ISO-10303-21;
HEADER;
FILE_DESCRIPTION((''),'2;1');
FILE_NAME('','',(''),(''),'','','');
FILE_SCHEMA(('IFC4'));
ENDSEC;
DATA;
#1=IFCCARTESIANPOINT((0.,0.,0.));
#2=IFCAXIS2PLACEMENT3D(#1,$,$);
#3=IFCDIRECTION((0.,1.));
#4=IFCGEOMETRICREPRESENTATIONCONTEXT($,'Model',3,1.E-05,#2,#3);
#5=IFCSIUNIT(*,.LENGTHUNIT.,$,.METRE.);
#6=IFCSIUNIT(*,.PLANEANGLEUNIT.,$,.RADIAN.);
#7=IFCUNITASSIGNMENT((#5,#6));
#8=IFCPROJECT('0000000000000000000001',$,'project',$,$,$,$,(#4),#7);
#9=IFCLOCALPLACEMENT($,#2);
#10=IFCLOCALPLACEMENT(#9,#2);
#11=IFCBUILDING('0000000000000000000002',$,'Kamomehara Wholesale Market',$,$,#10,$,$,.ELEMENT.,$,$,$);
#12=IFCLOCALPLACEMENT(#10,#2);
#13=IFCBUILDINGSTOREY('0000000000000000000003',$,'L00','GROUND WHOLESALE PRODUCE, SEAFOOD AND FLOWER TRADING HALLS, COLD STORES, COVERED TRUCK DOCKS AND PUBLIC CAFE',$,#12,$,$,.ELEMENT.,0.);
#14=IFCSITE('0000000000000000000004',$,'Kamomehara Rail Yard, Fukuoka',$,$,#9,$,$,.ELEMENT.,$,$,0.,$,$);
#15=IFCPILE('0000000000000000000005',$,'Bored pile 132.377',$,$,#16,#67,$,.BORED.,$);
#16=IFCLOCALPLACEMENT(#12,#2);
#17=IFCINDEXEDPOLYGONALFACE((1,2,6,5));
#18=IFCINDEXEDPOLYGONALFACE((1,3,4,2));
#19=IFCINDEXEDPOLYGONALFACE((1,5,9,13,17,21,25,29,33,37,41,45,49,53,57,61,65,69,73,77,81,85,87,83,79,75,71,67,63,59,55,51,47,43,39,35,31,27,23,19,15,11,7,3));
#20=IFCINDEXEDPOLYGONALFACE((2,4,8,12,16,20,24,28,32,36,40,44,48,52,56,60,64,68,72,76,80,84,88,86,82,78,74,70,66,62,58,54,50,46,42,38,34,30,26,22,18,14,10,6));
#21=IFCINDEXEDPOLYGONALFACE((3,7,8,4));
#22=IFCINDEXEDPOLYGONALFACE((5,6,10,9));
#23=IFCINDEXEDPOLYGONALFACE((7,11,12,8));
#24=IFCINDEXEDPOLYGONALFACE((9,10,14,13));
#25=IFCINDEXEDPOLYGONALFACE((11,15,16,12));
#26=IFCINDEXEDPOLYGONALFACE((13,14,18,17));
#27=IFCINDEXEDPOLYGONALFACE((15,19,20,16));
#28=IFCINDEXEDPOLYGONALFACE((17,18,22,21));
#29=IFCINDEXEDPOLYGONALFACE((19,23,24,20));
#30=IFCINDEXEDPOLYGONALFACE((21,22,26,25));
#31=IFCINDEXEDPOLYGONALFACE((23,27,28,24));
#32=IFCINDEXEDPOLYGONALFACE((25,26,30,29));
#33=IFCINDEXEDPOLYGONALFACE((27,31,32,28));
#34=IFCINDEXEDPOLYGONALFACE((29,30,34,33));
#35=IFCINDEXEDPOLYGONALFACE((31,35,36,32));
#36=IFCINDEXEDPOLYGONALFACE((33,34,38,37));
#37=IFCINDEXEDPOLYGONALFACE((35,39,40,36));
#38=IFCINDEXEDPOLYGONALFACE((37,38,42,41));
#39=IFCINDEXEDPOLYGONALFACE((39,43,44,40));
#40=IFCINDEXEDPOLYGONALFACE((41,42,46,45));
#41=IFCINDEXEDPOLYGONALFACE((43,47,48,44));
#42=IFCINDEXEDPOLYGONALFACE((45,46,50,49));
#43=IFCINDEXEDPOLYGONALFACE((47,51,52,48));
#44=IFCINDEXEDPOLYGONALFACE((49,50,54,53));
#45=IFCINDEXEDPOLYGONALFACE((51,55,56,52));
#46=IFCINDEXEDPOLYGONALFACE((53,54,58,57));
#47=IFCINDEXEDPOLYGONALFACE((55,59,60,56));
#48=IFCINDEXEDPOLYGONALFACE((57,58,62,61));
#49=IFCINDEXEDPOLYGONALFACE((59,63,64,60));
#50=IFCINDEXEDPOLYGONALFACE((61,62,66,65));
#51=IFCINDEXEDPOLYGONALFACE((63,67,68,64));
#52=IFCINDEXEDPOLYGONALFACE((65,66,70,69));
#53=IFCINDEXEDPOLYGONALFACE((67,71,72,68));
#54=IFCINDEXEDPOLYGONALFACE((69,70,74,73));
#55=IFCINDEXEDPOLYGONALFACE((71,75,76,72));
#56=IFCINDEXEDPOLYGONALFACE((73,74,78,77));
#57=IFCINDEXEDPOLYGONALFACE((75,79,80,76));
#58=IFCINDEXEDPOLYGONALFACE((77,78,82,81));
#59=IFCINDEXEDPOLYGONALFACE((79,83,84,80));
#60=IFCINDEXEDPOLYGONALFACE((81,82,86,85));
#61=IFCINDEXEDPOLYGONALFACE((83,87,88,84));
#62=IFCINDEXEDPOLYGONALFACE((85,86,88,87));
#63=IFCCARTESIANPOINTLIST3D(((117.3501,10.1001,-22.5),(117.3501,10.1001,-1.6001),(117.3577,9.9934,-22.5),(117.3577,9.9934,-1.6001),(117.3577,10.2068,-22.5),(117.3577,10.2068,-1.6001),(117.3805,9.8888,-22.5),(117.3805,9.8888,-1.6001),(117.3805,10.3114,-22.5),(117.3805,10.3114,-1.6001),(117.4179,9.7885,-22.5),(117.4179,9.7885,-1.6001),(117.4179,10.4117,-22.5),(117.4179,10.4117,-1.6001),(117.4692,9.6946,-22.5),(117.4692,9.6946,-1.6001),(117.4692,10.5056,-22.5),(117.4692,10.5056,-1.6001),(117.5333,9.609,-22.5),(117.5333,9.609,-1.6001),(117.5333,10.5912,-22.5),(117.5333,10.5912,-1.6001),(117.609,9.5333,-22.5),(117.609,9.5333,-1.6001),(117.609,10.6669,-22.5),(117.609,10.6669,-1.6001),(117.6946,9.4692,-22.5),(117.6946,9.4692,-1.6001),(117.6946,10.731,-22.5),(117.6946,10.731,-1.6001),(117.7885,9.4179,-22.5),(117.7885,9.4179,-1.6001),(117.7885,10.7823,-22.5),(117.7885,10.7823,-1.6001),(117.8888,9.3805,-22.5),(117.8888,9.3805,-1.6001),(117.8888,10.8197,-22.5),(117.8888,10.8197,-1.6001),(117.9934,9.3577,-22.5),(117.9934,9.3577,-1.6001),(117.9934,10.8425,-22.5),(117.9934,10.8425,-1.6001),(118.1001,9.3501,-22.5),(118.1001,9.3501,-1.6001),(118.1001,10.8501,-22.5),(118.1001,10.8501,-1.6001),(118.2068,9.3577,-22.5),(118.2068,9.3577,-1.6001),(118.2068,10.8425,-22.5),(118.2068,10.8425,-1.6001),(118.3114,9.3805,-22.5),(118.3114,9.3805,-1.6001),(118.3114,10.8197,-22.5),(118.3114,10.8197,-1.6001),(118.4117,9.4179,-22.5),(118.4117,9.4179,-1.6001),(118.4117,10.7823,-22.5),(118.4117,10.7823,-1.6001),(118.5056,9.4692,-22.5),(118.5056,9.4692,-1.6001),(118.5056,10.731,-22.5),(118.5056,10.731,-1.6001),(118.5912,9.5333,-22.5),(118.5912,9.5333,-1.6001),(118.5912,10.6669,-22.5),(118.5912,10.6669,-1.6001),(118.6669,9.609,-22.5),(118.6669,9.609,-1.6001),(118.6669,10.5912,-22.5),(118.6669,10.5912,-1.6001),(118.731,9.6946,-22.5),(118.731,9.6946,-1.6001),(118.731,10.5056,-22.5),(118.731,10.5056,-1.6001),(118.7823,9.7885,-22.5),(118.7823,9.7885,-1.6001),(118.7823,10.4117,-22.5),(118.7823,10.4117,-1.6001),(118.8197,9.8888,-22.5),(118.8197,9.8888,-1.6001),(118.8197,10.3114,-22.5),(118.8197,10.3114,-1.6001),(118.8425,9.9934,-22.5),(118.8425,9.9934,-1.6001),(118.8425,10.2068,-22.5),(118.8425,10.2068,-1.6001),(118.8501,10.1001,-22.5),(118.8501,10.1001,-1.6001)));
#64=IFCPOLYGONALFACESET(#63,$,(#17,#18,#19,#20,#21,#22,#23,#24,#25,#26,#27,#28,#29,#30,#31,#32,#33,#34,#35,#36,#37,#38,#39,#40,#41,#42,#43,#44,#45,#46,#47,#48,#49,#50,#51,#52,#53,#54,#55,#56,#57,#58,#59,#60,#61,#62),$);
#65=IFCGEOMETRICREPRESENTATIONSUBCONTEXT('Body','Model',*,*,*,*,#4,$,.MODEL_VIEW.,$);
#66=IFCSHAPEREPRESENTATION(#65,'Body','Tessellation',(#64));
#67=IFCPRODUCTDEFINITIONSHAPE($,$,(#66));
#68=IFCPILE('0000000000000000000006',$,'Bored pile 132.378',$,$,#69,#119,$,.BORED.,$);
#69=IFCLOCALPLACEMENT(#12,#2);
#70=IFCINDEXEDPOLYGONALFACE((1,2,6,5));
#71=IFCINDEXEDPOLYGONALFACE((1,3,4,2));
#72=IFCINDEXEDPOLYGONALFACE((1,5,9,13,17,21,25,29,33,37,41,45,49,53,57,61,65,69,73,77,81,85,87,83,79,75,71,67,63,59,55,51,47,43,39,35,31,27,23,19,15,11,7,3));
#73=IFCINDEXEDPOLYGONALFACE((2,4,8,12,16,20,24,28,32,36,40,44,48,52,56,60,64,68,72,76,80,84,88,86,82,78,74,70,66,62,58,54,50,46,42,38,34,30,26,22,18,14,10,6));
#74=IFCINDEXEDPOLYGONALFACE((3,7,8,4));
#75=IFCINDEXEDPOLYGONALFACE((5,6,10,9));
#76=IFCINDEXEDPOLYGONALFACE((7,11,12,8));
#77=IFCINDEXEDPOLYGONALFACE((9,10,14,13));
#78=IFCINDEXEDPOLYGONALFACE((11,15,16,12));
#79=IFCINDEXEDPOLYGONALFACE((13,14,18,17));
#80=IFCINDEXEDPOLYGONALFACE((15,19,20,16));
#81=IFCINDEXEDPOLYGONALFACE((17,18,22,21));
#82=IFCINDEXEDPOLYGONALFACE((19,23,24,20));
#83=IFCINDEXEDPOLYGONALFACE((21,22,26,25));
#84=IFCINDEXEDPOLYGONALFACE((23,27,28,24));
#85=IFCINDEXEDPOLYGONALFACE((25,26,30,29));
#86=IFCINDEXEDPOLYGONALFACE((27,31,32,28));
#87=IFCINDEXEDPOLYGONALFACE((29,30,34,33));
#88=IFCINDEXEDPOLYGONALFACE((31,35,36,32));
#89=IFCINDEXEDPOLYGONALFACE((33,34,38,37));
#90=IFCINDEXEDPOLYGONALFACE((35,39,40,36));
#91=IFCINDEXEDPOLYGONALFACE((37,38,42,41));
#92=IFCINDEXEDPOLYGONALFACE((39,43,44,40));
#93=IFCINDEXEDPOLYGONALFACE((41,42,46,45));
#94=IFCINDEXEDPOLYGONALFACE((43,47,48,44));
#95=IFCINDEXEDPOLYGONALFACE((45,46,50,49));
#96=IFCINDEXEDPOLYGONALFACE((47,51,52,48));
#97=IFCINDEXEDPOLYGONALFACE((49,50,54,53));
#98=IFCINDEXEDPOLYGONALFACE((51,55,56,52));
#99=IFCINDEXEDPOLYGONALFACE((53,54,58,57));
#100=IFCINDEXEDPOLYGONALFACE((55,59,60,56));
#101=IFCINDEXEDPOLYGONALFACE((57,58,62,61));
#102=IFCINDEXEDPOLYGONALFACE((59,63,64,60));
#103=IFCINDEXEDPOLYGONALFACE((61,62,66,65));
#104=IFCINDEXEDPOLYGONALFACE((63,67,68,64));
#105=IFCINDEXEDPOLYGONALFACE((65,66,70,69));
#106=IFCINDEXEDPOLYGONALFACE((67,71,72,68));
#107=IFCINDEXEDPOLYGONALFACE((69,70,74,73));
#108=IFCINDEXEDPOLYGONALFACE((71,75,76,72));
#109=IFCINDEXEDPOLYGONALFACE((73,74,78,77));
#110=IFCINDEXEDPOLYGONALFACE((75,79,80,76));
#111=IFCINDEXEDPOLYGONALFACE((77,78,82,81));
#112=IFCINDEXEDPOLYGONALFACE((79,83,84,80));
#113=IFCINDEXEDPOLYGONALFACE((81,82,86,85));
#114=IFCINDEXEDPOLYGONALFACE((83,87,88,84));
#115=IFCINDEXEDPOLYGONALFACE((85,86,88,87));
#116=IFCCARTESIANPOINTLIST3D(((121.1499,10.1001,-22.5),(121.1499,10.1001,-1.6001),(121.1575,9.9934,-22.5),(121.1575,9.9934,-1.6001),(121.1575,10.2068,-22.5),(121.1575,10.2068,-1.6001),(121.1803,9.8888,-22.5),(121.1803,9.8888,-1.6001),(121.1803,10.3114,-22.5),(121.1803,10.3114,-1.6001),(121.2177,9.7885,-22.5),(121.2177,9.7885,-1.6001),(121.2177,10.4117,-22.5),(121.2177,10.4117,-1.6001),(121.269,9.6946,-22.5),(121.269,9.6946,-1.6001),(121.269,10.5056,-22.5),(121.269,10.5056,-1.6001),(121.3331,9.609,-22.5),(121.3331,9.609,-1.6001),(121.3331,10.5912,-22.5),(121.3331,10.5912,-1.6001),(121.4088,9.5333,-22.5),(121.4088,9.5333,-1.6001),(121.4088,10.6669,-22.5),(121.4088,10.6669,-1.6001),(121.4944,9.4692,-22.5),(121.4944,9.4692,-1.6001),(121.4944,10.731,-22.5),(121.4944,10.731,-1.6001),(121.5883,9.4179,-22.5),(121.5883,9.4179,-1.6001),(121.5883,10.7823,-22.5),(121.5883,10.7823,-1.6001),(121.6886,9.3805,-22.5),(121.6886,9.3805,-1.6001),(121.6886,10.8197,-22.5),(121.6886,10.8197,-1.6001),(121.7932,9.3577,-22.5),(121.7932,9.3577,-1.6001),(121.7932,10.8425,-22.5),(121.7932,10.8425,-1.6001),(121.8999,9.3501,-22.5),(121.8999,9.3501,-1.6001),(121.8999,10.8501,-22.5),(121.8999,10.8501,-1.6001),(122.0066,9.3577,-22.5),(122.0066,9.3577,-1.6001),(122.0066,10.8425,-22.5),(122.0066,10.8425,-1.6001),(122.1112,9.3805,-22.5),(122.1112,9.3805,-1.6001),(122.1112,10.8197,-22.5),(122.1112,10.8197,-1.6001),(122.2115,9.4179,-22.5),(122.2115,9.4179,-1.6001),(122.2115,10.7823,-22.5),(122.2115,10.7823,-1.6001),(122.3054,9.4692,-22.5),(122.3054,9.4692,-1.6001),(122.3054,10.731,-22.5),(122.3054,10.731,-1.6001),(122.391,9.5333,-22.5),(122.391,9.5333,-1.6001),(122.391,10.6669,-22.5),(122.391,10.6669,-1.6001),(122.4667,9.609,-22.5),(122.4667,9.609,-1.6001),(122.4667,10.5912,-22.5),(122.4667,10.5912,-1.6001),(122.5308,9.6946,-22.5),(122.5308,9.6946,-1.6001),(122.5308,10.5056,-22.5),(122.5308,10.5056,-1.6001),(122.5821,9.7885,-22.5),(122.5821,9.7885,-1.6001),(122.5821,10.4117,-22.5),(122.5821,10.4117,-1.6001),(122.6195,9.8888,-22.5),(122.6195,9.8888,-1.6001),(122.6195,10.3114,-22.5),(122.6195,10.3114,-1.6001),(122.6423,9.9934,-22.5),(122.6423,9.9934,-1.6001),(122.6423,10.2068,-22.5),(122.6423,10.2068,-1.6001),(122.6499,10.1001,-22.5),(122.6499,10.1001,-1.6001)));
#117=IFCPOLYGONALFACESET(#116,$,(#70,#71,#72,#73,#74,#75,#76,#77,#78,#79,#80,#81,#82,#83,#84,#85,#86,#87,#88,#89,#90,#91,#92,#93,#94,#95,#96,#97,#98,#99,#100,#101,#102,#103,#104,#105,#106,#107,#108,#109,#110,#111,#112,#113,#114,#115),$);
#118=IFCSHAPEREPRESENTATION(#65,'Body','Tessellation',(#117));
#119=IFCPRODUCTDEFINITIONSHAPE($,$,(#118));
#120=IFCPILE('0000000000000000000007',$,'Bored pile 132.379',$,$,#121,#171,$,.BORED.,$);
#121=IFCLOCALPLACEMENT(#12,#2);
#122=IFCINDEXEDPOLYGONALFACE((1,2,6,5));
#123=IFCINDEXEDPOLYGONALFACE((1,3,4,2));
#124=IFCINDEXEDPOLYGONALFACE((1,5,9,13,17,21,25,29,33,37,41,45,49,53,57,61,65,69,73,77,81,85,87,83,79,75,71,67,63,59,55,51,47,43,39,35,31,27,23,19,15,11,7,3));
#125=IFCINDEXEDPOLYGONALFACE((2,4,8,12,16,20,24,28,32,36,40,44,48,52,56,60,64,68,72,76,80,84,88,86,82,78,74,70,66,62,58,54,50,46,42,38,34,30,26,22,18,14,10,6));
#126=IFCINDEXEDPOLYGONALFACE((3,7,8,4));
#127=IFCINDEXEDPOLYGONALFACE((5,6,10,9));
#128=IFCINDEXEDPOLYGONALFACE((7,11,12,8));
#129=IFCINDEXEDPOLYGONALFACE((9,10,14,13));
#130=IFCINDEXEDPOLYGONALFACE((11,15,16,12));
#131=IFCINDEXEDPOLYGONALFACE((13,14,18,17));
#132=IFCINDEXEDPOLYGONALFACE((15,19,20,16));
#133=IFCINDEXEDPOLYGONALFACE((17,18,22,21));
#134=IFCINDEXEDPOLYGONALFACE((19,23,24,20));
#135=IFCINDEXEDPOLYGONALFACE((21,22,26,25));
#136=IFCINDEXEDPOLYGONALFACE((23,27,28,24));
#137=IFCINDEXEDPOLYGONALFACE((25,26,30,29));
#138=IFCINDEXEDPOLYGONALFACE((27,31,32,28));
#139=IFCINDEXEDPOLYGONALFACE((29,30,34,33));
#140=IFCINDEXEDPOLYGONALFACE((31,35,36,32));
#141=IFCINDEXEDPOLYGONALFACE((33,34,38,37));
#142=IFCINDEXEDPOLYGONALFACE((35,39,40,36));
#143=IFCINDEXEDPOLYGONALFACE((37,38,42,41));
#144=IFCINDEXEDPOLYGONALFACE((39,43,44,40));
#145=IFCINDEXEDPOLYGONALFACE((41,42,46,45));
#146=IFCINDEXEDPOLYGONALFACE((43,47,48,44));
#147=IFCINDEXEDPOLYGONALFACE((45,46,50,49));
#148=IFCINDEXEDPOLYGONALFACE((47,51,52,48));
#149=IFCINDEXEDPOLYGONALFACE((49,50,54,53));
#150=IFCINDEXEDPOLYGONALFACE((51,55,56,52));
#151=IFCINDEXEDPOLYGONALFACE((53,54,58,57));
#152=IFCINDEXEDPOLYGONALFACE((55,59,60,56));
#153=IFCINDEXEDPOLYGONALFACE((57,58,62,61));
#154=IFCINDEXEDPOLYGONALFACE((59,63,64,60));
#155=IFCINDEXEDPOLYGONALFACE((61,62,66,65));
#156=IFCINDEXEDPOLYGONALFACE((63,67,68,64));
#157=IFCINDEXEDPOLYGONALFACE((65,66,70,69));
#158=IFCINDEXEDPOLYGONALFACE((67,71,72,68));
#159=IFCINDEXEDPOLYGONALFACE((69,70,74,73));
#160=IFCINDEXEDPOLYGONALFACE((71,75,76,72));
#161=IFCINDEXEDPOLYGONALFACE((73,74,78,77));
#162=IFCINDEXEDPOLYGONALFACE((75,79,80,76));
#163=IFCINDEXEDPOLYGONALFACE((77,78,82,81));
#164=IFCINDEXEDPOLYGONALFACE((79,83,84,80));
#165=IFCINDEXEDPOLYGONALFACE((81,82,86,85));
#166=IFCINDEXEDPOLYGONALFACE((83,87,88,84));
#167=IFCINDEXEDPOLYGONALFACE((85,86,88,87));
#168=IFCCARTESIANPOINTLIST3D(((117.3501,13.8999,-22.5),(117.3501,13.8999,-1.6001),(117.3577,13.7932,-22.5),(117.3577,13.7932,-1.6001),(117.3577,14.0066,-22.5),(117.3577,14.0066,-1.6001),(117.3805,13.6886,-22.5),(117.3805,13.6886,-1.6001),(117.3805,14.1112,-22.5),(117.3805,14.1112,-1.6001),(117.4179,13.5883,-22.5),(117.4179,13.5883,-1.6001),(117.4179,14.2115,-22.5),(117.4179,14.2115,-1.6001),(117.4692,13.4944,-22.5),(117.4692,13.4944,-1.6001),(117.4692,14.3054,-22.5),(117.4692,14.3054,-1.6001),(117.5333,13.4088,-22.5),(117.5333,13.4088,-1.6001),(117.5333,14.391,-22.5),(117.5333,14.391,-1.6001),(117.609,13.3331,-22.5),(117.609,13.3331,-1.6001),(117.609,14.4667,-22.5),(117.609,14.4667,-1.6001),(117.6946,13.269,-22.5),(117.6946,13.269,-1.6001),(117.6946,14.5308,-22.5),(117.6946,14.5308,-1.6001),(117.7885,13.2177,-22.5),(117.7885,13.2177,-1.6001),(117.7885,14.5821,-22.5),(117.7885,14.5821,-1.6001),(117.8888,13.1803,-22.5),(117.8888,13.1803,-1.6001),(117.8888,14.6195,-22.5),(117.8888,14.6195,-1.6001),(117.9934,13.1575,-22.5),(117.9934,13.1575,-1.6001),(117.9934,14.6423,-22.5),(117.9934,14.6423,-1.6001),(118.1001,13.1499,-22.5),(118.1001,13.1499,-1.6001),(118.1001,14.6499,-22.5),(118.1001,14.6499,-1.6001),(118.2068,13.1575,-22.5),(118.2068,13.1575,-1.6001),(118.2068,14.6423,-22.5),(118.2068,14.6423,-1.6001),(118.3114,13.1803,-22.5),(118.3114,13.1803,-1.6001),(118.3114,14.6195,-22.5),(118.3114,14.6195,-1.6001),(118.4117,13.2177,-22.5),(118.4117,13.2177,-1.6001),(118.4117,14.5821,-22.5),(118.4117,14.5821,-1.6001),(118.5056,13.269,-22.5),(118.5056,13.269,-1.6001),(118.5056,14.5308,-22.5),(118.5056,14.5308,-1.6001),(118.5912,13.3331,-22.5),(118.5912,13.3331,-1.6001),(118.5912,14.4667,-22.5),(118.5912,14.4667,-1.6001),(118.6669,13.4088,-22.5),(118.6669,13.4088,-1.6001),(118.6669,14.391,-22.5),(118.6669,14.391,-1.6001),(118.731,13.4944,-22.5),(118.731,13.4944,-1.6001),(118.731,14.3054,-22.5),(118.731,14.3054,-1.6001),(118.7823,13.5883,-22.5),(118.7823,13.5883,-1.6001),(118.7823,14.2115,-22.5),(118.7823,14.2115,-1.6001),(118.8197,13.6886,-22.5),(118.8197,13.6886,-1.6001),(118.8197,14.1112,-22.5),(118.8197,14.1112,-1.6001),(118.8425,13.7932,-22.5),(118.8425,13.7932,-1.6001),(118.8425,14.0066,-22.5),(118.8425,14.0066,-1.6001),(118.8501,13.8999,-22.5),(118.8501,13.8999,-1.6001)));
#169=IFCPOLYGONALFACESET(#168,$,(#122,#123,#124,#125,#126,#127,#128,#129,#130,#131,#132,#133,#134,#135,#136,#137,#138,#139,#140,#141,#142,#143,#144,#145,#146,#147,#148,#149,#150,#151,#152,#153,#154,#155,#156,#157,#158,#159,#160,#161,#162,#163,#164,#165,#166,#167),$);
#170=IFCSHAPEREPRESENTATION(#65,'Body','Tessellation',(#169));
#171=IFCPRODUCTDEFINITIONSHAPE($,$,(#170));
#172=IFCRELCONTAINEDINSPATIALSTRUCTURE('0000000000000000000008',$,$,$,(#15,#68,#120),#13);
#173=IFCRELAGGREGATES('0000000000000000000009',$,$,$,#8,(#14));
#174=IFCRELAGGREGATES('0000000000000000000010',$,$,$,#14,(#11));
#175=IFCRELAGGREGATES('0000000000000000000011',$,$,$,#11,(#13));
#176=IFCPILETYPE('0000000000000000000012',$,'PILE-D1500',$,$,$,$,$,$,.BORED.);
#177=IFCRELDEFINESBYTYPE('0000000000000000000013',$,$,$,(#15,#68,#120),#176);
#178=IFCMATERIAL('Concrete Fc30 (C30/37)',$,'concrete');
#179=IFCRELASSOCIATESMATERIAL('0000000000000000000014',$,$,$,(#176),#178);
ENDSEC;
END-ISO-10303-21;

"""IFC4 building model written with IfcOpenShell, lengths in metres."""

from ifc_helpers import new_model, si_unit, direction, frame, origin, origin_2d, place, context, subcontext, project, spatial, circle, extrude, material, material_profile, profile_set, type_object, element, save


model = new_model("IFC4")

# Units and contexts
model_context = context("Model", 3, precision=1e-05, world=origin(), true_north=direction((0.0, 1.0)))
body_context = subcontext(model_context, "Body", "Model", "MODEL_VIEW")
ifc_project = project(units=[si_unit("LENGTHUNIT", "METRE"), si_unit("PLANEANGLEUNIT", "RADIAN")], contexts=[model_context])

# Site, building, storey
site_placement = place(None, origin())
site = spatial("IfcSite", under=ifc_project, at=site_placement, Name="Kamomehara Rail Yard, Fukuoka", CompositionType="ELEMENT", RefElevation=0.0)
building_placement = place(site_placement, origin())
building = spatial("IfcBuilding", under=site, at=building_placement, Name="Kamomehara Wholesale Market", CompositionType="ELEMENT")
storey_placement = place(building_placement, origin())
storey = spatial("IfcBuildingStorey", under=building, at=storey_placement, Name="L00", Description="GROUND WHOLESALE PRODUCE, SEAFOOD AND FLOWER TRADING HALLS, COLD STORES, COVERED TRUCK DOCKS AND PUBLIC CAFE", CompositionType="ELEMENT", Elevation=0.0)

# Piles
ifc_material_1 = material(Name="Concrete Fc30 (C30/37)", Category="concrete")
ifc_material_profile_1 = material_profile(ifc_material_1, circle(Radius=0.75, at=origin_2d()), Name="RC-PILE-D1500")
ifc_profile_set_1 = profile_set([ifc_material_profile_1], Name="Concrete Fc30 (C30/37)")
pile_type_1 = type_object("IfcPileType", Name="PILE-D1500", PredefinedType="BORED", material=ifc_profile_set_1)
for number, where, z_axis, x_axis, name in (
    (1, (118.1001, 10.1001, -1.6001), (0.0, 0.0, -1.0), (1.0, 0.0, 0.0), "Bored pile 132.377"),
    (2, (121.8999, 10.1001, -1.6001), (0.0, 0.0, -1.0), (1.0, 0.0, 0.0), "Bored pile 132.378"),
    (3, (118.1001, 13.8999, -1.6001), (0.0, 0.0, -1.0), (1.0, 0.0, 0.0), "Bored pile 132.379"),
):
    element("IfcPile", number, at=place(storey_placement, frame(where, z_axis=z_axis, x_axis=x_axis)), inside=storey, type_object=pile_type_1, Name=name, PredefinedType="BORED", context=body_context, shape_type="SweptSolid", body=[
        extrude(circle(Radius=0.75, at=origin_2d()), origin(), (0.0, 0.0, 1.0), 20.8999),
    ])

save(model, "model.ifc")
